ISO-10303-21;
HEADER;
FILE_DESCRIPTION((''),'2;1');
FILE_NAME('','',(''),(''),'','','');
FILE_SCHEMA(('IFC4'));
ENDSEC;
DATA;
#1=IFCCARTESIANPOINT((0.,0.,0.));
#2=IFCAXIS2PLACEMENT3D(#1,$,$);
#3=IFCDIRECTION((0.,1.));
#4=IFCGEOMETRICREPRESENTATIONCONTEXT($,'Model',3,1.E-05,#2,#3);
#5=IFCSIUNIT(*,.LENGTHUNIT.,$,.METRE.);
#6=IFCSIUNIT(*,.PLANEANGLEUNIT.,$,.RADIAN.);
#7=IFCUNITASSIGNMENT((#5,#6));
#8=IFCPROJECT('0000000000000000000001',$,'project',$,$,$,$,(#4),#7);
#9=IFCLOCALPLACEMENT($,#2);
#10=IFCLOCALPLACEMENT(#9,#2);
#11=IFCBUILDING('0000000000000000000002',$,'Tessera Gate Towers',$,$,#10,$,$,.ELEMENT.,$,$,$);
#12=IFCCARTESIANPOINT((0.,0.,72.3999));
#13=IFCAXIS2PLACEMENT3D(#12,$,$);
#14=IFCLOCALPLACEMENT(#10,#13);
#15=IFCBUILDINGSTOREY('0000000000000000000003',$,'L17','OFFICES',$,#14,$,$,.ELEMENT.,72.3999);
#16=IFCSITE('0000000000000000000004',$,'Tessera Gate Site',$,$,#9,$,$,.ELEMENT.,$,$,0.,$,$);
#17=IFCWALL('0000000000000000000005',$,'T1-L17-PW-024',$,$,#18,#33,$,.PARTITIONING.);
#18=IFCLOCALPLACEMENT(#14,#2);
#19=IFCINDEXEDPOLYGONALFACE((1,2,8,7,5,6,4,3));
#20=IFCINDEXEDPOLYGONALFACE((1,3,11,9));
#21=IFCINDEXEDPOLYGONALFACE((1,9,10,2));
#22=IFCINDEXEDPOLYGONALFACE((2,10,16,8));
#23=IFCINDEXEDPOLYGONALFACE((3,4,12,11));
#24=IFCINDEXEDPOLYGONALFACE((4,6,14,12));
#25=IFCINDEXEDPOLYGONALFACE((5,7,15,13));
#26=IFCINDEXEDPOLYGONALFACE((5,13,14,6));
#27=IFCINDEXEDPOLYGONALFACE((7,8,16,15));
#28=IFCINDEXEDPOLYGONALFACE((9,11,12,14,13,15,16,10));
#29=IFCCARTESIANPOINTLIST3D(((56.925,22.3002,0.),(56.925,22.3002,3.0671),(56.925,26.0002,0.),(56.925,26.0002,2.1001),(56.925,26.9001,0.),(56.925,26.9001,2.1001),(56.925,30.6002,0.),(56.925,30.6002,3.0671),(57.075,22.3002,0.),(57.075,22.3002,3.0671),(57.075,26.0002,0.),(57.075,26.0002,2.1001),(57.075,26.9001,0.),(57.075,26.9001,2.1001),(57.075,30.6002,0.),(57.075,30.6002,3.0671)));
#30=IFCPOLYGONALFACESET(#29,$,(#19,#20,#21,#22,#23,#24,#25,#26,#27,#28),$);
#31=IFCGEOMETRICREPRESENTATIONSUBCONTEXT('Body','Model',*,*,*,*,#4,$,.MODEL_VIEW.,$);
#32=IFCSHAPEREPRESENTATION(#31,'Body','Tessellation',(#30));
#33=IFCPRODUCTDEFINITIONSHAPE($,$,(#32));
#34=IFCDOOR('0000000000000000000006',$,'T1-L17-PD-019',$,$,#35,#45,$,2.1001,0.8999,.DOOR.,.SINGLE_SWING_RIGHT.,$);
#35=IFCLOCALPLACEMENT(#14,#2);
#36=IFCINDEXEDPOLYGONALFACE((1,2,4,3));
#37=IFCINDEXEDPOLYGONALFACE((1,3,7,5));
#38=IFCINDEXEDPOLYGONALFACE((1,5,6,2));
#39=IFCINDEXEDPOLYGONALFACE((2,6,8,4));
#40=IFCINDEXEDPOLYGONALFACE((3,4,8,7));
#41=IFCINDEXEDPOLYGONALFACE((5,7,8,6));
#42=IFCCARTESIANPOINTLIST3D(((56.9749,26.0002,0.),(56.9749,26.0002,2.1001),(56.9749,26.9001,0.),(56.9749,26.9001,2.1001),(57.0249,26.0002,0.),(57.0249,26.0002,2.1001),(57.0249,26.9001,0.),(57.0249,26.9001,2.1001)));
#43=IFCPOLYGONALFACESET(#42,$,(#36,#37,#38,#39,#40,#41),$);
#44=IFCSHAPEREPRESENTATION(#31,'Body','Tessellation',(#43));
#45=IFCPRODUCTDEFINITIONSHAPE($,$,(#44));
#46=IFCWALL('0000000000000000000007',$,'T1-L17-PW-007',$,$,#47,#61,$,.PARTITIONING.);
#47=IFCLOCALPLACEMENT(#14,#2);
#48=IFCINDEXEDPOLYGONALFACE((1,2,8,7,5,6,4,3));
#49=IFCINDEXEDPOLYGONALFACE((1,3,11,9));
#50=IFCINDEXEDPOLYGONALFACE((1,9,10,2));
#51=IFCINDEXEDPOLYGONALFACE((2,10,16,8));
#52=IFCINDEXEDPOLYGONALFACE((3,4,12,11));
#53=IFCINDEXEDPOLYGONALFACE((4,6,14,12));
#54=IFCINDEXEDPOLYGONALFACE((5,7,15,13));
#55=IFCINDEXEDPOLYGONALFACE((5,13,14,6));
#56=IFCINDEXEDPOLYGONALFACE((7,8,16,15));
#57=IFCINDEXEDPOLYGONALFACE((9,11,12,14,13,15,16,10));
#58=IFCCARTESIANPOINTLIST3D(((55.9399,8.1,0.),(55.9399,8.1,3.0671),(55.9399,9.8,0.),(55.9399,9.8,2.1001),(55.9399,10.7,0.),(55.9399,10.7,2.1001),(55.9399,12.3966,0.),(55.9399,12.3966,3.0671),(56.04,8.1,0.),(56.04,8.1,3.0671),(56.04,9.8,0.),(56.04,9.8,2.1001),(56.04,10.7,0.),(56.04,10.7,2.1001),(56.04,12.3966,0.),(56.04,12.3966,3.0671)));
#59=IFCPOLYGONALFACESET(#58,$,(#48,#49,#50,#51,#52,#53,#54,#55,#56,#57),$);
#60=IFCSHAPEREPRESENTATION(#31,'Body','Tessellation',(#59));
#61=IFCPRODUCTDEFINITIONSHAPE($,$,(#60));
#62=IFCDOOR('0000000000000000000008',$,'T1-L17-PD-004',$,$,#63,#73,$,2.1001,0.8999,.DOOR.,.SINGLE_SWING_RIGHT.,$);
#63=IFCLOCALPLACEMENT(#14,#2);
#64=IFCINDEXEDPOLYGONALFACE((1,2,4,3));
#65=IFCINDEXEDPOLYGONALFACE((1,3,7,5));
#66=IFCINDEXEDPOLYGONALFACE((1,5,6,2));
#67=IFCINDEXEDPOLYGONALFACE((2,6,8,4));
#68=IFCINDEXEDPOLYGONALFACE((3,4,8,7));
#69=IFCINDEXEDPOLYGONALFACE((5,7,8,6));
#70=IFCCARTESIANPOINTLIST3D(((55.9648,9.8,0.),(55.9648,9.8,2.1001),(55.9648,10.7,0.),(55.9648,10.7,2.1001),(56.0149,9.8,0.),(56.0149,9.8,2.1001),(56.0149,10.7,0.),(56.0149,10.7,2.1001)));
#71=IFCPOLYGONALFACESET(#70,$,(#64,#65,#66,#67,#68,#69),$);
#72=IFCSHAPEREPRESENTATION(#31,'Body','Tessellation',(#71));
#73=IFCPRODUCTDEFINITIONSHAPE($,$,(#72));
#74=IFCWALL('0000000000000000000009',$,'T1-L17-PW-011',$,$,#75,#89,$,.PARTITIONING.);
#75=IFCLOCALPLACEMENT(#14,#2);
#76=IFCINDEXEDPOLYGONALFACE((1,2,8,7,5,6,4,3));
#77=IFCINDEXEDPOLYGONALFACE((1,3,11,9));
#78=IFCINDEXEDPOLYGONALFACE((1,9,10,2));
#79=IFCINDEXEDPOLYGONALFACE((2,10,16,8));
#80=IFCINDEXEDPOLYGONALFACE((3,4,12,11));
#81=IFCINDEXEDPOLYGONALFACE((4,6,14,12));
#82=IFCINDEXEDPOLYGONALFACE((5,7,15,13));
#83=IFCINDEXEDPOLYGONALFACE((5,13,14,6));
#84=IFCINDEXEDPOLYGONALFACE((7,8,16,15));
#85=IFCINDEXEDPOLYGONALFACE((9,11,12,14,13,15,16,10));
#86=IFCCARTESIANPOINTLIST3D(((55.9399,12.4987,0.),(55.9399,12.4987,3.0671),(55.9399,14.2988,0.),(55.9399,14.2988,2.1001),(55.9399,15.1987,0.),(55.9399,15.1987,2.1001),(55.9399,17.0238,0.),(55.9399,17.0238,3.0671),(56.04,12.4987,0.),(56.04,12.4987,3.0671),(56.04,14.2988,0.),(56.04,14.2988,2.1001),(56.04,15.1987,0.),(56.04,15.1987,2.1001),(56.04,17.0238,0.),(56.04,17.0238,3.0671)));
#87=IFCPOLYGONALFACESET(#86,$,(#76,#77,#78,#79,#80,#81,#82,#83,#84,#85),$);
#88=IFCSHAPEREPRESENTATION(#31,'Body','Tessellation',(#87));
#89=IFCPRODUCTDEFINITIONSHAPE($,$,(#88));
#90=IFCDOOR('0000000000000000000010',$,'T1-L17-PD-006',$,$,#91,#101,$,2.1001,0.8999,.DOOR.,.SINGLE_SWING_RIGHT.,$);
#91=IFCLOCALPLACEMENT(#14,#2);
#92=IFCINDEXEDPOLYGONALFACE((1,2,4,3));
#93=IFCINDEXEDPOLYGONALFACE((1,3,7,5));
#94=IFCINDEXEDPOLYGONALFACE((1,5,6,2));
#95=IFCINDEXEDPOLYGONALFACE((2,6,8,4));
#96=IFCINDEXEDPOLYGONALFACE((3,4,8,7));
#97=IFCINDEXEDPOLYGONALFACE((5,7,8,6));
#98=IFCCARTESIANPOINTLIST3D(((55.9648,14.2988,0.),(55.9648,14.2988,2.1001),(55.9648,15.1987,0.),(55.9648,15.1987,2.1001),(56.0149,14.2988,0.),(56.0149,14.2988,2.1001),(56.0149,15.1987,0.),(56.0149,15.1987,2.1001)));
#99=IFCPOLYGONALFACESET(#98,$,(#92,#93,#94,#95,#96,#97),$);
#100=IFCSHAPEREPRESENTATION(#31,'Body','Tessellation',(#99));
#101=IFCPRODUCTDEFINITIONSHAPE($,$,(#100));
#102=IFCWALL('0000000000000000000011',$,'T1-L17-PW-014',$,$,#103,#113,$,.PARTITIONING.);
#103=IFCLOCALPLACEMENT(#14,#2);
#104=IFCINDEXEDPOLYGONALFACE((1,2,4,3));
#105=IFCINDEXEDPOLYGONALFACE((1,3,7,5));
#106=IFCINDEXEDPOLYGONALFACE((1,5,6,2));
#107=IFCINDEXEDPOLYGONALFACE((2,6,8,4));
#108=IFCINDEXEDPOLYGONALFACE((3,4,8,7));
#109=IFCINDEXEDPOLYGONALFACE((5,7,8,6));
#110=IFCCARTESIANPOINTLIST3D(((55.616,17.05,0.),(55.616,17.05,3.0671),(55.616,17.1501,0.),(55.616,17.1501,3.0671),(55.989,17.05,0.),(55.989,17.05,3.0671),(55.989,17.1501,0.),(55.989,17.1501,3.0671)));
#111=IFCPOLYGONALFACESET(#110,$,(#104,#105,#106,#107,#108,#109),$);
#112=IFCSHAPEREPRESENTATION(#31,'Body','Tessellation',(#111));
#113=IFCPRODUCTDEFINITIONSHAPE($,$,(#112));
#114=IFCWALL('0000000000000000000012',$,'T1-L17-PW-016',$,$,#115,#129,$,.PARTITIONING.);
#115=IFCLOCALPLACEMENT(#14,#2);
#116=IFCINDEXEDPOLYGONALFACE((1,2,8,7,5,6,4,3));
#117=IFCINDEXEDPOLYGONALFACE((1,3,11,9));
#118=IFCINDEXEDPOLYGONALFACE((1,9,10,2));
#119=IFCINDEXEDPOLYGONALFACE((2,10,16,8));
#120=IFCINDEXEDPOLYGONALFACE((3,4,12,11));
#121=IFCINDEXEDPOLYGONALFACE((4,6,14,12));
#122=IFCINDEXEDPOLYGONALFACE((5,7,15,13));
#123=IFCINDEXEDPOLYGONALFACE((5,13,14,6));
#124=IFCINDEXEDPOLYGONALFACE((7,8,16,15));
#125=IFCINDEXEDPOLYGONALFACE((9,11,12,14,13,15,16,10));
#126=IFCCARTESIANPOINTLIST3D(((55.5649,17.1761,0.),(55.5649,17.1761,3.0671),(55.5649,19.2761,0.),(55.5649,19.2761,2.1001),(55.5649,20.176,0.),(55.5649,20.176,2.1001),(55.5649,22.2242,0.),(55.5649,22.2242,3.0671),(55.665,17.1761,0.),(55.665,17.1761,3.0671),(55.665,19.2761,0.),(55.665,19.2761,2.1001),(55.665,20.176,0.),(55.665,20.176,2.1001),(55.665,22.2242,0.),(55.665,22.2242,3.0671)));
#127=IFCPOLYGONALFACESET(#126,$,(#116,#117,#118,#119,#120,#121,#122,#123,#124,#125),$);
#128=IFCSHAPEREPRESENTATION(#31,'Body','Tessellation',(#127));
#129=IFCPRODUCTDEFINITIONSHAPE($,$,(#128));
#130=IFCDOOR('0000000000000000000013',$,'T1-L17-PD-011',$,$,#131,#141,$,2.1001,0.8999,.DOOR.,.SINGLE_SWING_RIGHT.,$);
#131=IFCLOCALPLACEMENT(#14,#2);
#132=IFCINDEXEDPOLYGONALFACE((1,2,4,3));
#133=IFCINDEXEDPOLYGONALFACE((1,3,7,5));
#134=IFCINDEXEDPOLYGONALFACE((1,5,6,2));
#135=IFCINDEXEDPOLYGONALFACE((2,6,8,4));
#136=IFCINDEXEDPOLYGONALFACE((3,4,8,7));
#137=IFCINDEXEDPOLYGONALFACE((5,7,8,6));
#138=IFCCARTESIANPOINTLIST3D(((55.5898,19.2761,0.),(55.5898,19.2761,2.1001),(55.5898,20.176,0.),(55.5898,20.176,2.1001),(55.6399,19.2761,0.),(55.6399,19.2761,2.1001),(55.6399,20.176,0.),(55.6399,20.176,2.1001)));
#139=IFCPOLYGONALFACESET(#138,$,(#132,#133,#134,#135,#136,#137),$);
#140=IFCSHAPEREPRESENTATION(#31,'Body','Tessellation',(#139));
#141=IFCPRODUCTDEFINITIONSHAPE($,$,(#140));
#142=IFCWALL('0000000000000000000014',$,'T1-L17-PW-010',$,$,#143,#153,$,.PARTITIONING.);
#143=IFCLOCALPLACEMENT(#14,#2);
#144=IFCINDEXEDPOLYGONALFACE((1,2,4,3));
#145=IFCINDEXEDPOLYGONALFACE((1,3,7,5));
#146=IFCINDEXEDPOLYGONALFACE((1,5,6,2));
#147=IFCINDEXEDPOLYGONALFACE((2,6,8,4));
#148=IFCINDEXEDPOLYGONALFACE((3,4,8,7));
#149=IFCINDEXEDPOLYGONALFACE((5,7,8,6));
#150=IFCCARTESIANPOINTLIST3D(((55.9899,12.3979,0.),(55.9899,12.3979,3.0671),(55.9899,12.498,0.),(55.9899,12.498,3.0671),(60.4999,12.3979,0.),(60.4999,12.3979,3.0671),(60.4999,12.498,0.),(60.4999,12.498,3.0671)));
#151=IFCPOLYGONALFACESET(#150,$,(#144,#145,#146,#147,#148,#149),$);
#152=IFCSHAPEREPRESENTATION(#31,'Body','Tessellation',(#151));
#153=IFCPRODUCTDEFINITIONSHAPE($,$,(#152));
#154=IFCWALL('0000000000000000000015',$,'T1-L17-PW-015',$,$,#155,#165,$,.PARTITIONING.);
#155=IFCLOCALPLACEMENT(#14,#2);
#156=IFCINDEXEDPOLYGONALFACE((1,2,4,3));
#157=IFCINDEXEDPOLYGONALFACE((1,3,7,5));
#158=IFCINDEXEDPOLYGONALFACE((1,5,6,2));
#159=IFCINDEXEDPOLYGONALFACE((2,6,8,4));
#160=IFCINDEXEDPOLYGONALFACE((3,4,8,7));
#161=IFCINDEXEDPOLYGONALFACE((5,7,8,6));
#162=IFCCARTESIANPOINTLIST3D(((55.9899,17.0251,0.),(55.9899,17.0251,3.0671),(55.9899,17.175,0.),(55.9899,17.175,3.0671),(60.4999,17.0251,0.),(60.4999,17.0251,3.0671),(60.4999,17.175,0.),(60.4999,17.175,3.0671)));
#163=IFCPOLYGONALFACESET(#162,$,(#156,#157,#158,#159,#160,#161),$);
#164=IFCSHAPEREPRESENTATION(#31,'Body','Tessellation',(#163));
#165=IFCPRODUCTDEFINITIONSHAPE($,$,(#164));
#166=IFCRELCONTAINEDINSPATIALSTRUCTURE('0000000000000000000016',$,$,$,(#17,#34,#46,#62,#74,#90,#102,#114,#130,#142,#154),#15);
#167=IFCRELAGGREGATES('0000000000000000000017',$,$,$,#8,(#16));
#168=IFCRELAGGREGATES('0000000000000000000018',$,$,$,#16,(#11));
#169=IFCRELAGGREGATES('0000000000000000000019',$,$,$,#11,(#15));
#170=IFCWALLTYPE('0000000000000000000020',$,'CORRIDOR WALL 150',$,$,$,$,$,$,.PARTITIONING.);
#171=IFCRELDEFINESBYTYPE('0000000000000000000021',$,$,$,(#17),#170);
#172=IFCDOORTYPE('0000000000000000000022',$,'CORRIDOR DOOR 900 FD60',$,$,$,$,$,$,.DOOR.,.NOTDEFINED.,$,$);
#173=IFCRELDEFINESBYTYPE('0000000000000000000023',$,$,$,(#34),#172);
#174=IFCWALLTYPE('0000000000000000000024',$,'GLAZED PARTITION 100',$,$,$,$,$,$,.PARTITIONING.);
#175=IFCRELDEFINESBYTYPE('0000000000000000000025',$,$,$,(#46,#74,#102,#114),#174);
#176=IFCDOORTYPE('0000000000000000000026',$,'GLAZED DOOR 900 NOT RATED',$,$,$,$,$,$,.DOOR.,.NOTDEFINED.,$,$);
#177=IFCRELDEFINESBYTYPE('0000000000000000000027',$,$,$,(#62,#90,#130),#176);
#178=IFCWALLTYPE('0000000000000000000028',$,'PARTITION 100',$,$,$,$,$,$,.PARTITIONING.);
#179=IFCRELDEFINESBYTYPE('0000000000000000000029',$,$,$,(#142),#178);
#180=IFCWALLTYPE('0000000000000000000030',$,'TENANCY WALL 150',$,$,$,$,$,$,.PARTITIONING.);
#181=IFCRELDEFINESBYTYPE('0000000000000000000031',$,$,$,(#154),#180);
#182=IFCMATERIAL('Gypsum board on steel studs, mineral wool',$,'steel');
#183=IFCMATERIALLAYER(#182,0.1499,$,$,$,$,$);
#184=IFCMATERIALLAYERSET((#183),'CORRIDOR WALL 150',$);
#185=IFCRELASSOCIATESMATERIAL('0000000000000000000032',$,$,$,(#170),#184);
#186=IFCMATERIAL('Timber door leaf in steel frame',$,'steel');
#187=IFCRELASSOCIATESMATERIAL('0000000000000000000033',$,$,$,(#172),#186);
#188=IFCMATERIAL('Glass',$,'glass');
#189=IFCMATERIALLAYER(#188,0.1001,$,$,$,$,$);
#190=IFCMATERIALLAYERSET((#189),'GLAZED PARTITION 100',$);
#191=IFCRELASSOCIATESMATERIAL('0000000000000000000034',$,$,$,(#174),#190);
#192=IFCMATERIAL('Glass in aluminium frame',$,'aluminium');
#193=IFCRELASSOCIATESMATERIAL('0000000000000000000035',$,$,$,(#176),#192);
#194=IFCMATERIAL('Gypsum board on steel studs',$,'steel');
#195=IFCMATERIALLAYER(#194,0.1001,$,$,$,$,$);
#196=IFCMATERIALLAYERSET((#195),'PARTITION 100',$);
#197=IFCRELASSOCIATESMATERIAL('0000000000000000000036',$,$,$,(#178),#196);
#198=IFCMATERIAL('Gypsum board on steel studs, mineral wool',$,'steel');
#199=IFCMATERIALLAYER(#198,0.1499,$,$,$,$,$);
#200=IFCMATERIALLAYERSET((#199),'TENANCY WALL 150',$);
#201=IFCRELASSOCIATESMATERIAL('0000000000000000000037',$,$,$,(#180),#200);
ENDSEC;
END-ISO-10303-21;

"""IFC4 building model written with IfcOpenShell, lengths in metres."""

from ifc_helpers import new_model, si_unit, direction, frame, frame_2d, origin, place, context, subcontext, project, spatial, rectangle, extrude, source, transform, mapped, material, layer, layer_set, type_object, element, fill, save


model = new_model("IFC4")

# Units and contexts
model_context = context("Model", 3, precision=1e-05, world=origin(), true_north=direction((0.0, 1.0)))
body_context = subcontext(model_context, "Body", "Model", "MODEL_VIEW")
ifc_project = project(units=[si_unit("LENGTHUNIT", "METRE"), si_unit("PLANEANGLEUNIT", "RADIAN")], contexts=[model_context])

# Site, building, storey
site_placement = place(None, origin())
site = spatial("IfcSite", under=ifc_project, at=site_placement, Name="Tessera Gate Site", CompositionType="ELEMENT", RefElevation=0.0)
building_placement = place(site_placement, origin())
building = spatial("IfcBuilding", under=site, at=building_placement, Name="Tessera Gate Towers", CompositionType="ELEMENT")
storey_placement = place(building_placement, frame((0.0, 0.0, 72.3999)))
storey = spatial("IfcBuildingStorey", under=building, at=storey_placement, Name="L17", Description="OFFICES", CompositionType="ELEMENT", Elevation=72.3999)

# Walls, openings, doors
ifc_material_1 = material(Name="Gypsum board on steel studs, mineral wool", Category="steel")
ifc_layer_1 = layer(ifc_material_1, 0.1499)
ifc_layer_set_1 = layer_set([ifc_layer_1], Name="CORRIDOR WALL 150")
wall_type_1 = type_object("IfcWallType", Name="CORRIDOR WALL 150", PredefinedType="PARTITIONING", material=ifc_layer_set_1)
wall_1_placement = place(storey_placement, frame((57.0, 30.6001, 0.0), z_axis=(0.0, 0.0, 1.0), x_axis=(0.0, -1.0, 0.0)))
wall_1 = element("IfcWall", 1, at=wall_1_placement, inside=storey, type_object=wall_type_1, Name="T1-L17-PW-024", PredefinedType="PARTITIONING", context=body_context, shape_type="SweptSolid", body=[
    extrude(rectangle(XDim=8.3, YDim=0.1499, at=frame_2d((4.1499, 0.0))), origin(), (0.0, 0.0, 1.0), 3.0671),
])
shared_shape_1 = source(origin(), body_context, "Body", "SweptSolid", [
    extrude(rectangle(XDim=0.8999, YDim=2.1001, at=frame_2d((0.45, 1.05))), frame((0.0, 0.085, 0.0), z_axis=(0.0, -1.0, 0.0), x_axis=(1.0, 0.0, 0.0)), (0.0, 0.0, 1.0), 0.1699),
])
opening_1_placement = place(wall_1_placement, frame((3.7, 0.0, 0.0)))
opening_1 = element("IfcOpeningElement", 2, at=opening_1_placement, cuts=wall_1, PredefinedType="OPENING", context=body_context, shape_type="MappedRepresentation", body=[
    mapped(shared_shape_1, transform((0.0, 0.0, 0.0), scale=1.0)),
])
ifc_material_2 = material(Name="Timber door leaf in steel frame", Category="steel")
door_type_1 = type_object("IfcDoorType", Name="CORRIDOR DOOR 900 FD60", OperationType="NOTDEFINED", PredefinedType="DOOR", material=ifc_material_2)
shared_shape_2 = source(origin(), body_context, "Body", "SweptSolid", [
    extrude(rectangle(XDim=0.8999, YDim=2.1001, at=frame_2d((0.45, 1.05))), frame((0.0, 0.0249, 0.0), z_axis=(0.0, -1.0, 0.0), x_axis=(1.0, 0.0, 0.0)), (0.0, 0.0, 1.0), 0.05),
])
door_1_placement = place(opening_1_placement, origin())
door_1 = element("IfcDoor", 3, at=door_1_placement, inside=storey, type_object=door_type_1, Name="T1-L17-PD-019", OperationType="SINGLE_SWING_RIGHT", OverallHeight=2.1001, OverallWidth=0.8999, PredefinedType="DOOR", context=body_context, shape_type="MappedRepresentation", body=[
    mapped(shared_shape_2, transform((0.0, 0.0, 0.0), scale=1.0)),
])
fill(opening_1, door_1)
ifc_material_3 = material(Name="Glass", Category="glass")
ifc_layer_2 = layer(ifc_material_3, 0.1001)
ifc_layer_set_2 = layer_set([ifc_layer_2], Name="GLAZED PARTITION 100")
wall_type_2 = type_object("IfcWallType", Name="GLAZED PARTITION 100", PredefinedType="PARTITIONING", material=ifc_layer_set_2)
wall_2_placement = place(storey_placement, frame((55.99, 12.3967, 0.0), z_axis=(0.0, 0.0, 1.0), x_axis=(0.0, -1.0, 0.0)))
wall_2 = element("IfcWall", 4, at=wall_2_placement, inside=storey, type_object=wall_type_2, Name="T1-L17-PW-007", PredefinedType="PARTITIONING", context=body_context, shape_type="SweptSolid", body=[
    extrude(rectangle(XDim=4.2966, YDim=0.1001, at=frame_2d((2.1484, 0.0))), origin(), (0.0, 0.0, 1.0), 3.0671),
])
shared_shape_3 = source(origin(), body_context, "Body", "SweptSolid", [
    extrude(rectangle(XDim=0.8999, YDim=2.1001, at=frame_2d((0.45, 1.05))), frame((0.0, 0.0601, 0.0), z_axis=(0.0, -1.0, 0.0), x_axis=(1.0, 0.0, 0.0)), (0.0, 0.0, 1.0), 0.1201),
])
opening_2_placement = place(wall_2_placement, frame((1.6968, 0.0, 0.0)))
opening_2 = element("IfcOpeningElement", 5, at=opening_2_placement, cuts=wall_2, PredefinedType="OPENING", context=body_context, shape_type="MappedRepresentation", body=[
    mapped(shared_shape_3, transform((0.0, 0.0, 0.0), scale=1.0)),
])
ifc_material_4 = material(Name="Glass in aluminium frame", Category="aluminium")
door_type_2 = type_object("IfcDoorType", Name="GLAZED DOOR 900 NOT RATED", OperationType="NOTDEFINED", PredefinedType="DOOR", material=ifc_material_4)
door_2_placement = place(opening_2_placement, origin())
door_2 = element("IfcDoor", 6, at=door_2_placement, inside=storey, type_object=door_type_2, Name="T1-L17-PD-004", OperationType="SINGLE_SWING_RIGHT", OverallHeight=2.1001, OverallWidth=0.8999, PredefinedType="DOOR", context=body_context, shape_type="MappedRepresentation", body=[
    mapped(shared_shape_2, transform((0.0, 0.0, 0.0), scale=1.0)),
])
fill(opening_2, door_2)
wall_3_placement = place(storey_placement, frame((55.99, 17.0239, 0.0), z_axis=(0.0, 0.0, 1.0), x_axis=(0.0, -1.0, 0.0)))
wall_3 = element("IfcWall", 7, at=wall_3_placement, inside=storey, type_object=wall_type_2, Name="T1-L17-PW-011", PredefinedType="PARTITIONING", context=body_context, shape_type="SweptSolid", body=[
    extrude(rectangle(XDim=4.5251, YDim=0.1001, at=frame_2d((2.2627, 0.0))), origin(), (0.0, 0.0, 1.0), 3.0671),
])
opening_3_placement = place(wall_3_placement, frame((1.8252, 0.0, 0.0)))
opening_3 = element("IfcOpeningElement", 8, at=opening_3_placement, cuts=wall_3, PredefinedType="OPENING", context=body_context, shape_type="MappedRepresentation", body=[
    mapped(shared_shape_3, transform((0.0, 0.0, 0.0), scale=1.0)),
])
door_3_placement = place(opening_3_placement, origin())
door_3 = element("IfcDoor", 9, at=door_3_placement, inside=storey, type_object=door_type_2, Name="T1-L17-PD-006", OperationType="SINGLE_SWING_RIGHT", OverallHeight=2.1001, OverallWidth=0.8999, PredefinedType="DOOR", context=body_context, shape_type="MappedRepresentation", body=[
    mapped(shared_shape_2, transform((0.0, 0.0, 0.0), scale=1.0)),
])
fill(opening_3, door_3)

# Wall
wall_4_placement = place(storey_placement, frame((55.616, 17.1001, 0.0), z_axis=(0.0, 0.0, 1.0), x_axis=(1.0, 0.0, 0.0)))
element("IfcWall", 10, at=wall_4_placement, inside=storey, type_object=wall_type_2, Name="T1-L17-PW-014", PredefinedType="PARTITIONING", context=body_context, shape_type="SweptSolid", body=[
    extrude(rectangle(XDim=0.373, YDim=0.1001, at=frame_2d((0.1865, 0.0))), origin(), (0.0, 0.0, 1.0), 3.0671),
])

# Wall, opening, door
wall_5_placement = place(storey_placement, frame((55.615, 22.2241, 0.0), z_axis=(0.0, 0.0, 1.0), x_axis=(0.0, -1.0, 0.0)))
wall_5 = element("IfcWall", 11, at=wall_5_placement, inside=storey, type_object=wall_type_2, Name="T1-L17-PW-016", PredefinedType="PARTITIONING", context=body_context, shape_type="SweptSolid", body=[
    extrude(rectangle(XDim=5.0481, YDim=0.1001, at=frame_2d((2.5239, 0.0))), origin(), (0.0, 0.0, 1.0), 3.0671),
])
opening_4_placement = place(wall_5_placement, frame((2.0481, 0.0, 0.0)))
opening_4 = element("IfcOpeningElement", 12, at=opening_4_placement, cuts=wall_5, PredefinedType="OPENING", context=body_context, shape_type="MappedRepresentation", body=[
    mapped(shared_shape_3, transform((0.0, 0.0, 0.0), scale=1.0)),
])
door_4_placement = place(opening_4_placement, origin())
door_4 = element("IfcDoor", 13, at=door_4_placement, inside=storey, type_object=door_type_2, Name="T1-L17-PD-011", OperationType="SINGLE_SWING_RIGHT", OverallHeight=2.1001, OverallWidth=0.8999, PredefinedType="DOOR", context=body_context, shape_type="MappedRepresentation", body=[
    mapped(shared_shape_2, transform((0.0, 0.0, 0.0), scale=1.0)),
])
fill(opening_4, door_4)

# Walls
ifc_material_5 = material(Name="Gypsum board on steel studs", Category="steel")
ifc_layer_3 = layer(ifc_material_5, 0.1001)
ifc_layer_set_3 = layer_set([ifc_layer_3], Name="PARTITION 100")
wall_type_3 = type_object("IfcWallType", Name="PARTITION 100", PredefinedType="PARTITIONING", material=ifc_layer_set_3)
wall_6_placement = place(storey_placement, frame((55.99, 12.448, 0.0), z_axis=(0.0, 0.0, 1.0), x_axis=(1.0, 0.0, 0.0)))
element("IfcWall", 14, at=wall_6_placement, inside=storey, type_object=wall_type_3, Name="T1-L17-PW-010", PredefinedType="PARTITIONING", context=body_context, shape_type="SweptSolid", body=[
    extrude(rectangle(XDim=4.51, YDim=0.1001, at=frame_2d((2.2549, 0.0))), origin(), (0.0, 0.0, 1.0), 3.0671),
])
ifc_material_6 = material(Name="Gypsum board on steel studs, mineral wool", Category="steel")
ifc_layer_4 = layer(ifc_material_6, 0.1499)
ifc_layer_set_4 = layer_set([ifc_layer_4], Name="TENANCY WALL 150")
wall_type_4 = type_object("IfcWallType", Name="TENANCY WALL 150", PredefinedType="PARTITIONING", material=ifc_layer_set_4)
wall_7_placement = place(storey_placement, frame((55.99, 17.1001, 0.0), z_axis=(0.0, 0.0, 1.0), x_axis=(1.0, 0.0, 0.0)))
element("IfcWall", 15, at=wall_7_placement, inside=storey, type_object=wall_type_4, Name="T1-L17-PW-015", PredefinedType="PARTITIONING", context=body_context, shape_type="SweptSolid", body=[
    extrude(rectangle(XDim=4.51, YDim=0.1499, at=frame_2d((2.2549, 0.0))), origin(), (0.0, 0.0, 1.0), 3.0671),
])

save(model, "model.ifc")
